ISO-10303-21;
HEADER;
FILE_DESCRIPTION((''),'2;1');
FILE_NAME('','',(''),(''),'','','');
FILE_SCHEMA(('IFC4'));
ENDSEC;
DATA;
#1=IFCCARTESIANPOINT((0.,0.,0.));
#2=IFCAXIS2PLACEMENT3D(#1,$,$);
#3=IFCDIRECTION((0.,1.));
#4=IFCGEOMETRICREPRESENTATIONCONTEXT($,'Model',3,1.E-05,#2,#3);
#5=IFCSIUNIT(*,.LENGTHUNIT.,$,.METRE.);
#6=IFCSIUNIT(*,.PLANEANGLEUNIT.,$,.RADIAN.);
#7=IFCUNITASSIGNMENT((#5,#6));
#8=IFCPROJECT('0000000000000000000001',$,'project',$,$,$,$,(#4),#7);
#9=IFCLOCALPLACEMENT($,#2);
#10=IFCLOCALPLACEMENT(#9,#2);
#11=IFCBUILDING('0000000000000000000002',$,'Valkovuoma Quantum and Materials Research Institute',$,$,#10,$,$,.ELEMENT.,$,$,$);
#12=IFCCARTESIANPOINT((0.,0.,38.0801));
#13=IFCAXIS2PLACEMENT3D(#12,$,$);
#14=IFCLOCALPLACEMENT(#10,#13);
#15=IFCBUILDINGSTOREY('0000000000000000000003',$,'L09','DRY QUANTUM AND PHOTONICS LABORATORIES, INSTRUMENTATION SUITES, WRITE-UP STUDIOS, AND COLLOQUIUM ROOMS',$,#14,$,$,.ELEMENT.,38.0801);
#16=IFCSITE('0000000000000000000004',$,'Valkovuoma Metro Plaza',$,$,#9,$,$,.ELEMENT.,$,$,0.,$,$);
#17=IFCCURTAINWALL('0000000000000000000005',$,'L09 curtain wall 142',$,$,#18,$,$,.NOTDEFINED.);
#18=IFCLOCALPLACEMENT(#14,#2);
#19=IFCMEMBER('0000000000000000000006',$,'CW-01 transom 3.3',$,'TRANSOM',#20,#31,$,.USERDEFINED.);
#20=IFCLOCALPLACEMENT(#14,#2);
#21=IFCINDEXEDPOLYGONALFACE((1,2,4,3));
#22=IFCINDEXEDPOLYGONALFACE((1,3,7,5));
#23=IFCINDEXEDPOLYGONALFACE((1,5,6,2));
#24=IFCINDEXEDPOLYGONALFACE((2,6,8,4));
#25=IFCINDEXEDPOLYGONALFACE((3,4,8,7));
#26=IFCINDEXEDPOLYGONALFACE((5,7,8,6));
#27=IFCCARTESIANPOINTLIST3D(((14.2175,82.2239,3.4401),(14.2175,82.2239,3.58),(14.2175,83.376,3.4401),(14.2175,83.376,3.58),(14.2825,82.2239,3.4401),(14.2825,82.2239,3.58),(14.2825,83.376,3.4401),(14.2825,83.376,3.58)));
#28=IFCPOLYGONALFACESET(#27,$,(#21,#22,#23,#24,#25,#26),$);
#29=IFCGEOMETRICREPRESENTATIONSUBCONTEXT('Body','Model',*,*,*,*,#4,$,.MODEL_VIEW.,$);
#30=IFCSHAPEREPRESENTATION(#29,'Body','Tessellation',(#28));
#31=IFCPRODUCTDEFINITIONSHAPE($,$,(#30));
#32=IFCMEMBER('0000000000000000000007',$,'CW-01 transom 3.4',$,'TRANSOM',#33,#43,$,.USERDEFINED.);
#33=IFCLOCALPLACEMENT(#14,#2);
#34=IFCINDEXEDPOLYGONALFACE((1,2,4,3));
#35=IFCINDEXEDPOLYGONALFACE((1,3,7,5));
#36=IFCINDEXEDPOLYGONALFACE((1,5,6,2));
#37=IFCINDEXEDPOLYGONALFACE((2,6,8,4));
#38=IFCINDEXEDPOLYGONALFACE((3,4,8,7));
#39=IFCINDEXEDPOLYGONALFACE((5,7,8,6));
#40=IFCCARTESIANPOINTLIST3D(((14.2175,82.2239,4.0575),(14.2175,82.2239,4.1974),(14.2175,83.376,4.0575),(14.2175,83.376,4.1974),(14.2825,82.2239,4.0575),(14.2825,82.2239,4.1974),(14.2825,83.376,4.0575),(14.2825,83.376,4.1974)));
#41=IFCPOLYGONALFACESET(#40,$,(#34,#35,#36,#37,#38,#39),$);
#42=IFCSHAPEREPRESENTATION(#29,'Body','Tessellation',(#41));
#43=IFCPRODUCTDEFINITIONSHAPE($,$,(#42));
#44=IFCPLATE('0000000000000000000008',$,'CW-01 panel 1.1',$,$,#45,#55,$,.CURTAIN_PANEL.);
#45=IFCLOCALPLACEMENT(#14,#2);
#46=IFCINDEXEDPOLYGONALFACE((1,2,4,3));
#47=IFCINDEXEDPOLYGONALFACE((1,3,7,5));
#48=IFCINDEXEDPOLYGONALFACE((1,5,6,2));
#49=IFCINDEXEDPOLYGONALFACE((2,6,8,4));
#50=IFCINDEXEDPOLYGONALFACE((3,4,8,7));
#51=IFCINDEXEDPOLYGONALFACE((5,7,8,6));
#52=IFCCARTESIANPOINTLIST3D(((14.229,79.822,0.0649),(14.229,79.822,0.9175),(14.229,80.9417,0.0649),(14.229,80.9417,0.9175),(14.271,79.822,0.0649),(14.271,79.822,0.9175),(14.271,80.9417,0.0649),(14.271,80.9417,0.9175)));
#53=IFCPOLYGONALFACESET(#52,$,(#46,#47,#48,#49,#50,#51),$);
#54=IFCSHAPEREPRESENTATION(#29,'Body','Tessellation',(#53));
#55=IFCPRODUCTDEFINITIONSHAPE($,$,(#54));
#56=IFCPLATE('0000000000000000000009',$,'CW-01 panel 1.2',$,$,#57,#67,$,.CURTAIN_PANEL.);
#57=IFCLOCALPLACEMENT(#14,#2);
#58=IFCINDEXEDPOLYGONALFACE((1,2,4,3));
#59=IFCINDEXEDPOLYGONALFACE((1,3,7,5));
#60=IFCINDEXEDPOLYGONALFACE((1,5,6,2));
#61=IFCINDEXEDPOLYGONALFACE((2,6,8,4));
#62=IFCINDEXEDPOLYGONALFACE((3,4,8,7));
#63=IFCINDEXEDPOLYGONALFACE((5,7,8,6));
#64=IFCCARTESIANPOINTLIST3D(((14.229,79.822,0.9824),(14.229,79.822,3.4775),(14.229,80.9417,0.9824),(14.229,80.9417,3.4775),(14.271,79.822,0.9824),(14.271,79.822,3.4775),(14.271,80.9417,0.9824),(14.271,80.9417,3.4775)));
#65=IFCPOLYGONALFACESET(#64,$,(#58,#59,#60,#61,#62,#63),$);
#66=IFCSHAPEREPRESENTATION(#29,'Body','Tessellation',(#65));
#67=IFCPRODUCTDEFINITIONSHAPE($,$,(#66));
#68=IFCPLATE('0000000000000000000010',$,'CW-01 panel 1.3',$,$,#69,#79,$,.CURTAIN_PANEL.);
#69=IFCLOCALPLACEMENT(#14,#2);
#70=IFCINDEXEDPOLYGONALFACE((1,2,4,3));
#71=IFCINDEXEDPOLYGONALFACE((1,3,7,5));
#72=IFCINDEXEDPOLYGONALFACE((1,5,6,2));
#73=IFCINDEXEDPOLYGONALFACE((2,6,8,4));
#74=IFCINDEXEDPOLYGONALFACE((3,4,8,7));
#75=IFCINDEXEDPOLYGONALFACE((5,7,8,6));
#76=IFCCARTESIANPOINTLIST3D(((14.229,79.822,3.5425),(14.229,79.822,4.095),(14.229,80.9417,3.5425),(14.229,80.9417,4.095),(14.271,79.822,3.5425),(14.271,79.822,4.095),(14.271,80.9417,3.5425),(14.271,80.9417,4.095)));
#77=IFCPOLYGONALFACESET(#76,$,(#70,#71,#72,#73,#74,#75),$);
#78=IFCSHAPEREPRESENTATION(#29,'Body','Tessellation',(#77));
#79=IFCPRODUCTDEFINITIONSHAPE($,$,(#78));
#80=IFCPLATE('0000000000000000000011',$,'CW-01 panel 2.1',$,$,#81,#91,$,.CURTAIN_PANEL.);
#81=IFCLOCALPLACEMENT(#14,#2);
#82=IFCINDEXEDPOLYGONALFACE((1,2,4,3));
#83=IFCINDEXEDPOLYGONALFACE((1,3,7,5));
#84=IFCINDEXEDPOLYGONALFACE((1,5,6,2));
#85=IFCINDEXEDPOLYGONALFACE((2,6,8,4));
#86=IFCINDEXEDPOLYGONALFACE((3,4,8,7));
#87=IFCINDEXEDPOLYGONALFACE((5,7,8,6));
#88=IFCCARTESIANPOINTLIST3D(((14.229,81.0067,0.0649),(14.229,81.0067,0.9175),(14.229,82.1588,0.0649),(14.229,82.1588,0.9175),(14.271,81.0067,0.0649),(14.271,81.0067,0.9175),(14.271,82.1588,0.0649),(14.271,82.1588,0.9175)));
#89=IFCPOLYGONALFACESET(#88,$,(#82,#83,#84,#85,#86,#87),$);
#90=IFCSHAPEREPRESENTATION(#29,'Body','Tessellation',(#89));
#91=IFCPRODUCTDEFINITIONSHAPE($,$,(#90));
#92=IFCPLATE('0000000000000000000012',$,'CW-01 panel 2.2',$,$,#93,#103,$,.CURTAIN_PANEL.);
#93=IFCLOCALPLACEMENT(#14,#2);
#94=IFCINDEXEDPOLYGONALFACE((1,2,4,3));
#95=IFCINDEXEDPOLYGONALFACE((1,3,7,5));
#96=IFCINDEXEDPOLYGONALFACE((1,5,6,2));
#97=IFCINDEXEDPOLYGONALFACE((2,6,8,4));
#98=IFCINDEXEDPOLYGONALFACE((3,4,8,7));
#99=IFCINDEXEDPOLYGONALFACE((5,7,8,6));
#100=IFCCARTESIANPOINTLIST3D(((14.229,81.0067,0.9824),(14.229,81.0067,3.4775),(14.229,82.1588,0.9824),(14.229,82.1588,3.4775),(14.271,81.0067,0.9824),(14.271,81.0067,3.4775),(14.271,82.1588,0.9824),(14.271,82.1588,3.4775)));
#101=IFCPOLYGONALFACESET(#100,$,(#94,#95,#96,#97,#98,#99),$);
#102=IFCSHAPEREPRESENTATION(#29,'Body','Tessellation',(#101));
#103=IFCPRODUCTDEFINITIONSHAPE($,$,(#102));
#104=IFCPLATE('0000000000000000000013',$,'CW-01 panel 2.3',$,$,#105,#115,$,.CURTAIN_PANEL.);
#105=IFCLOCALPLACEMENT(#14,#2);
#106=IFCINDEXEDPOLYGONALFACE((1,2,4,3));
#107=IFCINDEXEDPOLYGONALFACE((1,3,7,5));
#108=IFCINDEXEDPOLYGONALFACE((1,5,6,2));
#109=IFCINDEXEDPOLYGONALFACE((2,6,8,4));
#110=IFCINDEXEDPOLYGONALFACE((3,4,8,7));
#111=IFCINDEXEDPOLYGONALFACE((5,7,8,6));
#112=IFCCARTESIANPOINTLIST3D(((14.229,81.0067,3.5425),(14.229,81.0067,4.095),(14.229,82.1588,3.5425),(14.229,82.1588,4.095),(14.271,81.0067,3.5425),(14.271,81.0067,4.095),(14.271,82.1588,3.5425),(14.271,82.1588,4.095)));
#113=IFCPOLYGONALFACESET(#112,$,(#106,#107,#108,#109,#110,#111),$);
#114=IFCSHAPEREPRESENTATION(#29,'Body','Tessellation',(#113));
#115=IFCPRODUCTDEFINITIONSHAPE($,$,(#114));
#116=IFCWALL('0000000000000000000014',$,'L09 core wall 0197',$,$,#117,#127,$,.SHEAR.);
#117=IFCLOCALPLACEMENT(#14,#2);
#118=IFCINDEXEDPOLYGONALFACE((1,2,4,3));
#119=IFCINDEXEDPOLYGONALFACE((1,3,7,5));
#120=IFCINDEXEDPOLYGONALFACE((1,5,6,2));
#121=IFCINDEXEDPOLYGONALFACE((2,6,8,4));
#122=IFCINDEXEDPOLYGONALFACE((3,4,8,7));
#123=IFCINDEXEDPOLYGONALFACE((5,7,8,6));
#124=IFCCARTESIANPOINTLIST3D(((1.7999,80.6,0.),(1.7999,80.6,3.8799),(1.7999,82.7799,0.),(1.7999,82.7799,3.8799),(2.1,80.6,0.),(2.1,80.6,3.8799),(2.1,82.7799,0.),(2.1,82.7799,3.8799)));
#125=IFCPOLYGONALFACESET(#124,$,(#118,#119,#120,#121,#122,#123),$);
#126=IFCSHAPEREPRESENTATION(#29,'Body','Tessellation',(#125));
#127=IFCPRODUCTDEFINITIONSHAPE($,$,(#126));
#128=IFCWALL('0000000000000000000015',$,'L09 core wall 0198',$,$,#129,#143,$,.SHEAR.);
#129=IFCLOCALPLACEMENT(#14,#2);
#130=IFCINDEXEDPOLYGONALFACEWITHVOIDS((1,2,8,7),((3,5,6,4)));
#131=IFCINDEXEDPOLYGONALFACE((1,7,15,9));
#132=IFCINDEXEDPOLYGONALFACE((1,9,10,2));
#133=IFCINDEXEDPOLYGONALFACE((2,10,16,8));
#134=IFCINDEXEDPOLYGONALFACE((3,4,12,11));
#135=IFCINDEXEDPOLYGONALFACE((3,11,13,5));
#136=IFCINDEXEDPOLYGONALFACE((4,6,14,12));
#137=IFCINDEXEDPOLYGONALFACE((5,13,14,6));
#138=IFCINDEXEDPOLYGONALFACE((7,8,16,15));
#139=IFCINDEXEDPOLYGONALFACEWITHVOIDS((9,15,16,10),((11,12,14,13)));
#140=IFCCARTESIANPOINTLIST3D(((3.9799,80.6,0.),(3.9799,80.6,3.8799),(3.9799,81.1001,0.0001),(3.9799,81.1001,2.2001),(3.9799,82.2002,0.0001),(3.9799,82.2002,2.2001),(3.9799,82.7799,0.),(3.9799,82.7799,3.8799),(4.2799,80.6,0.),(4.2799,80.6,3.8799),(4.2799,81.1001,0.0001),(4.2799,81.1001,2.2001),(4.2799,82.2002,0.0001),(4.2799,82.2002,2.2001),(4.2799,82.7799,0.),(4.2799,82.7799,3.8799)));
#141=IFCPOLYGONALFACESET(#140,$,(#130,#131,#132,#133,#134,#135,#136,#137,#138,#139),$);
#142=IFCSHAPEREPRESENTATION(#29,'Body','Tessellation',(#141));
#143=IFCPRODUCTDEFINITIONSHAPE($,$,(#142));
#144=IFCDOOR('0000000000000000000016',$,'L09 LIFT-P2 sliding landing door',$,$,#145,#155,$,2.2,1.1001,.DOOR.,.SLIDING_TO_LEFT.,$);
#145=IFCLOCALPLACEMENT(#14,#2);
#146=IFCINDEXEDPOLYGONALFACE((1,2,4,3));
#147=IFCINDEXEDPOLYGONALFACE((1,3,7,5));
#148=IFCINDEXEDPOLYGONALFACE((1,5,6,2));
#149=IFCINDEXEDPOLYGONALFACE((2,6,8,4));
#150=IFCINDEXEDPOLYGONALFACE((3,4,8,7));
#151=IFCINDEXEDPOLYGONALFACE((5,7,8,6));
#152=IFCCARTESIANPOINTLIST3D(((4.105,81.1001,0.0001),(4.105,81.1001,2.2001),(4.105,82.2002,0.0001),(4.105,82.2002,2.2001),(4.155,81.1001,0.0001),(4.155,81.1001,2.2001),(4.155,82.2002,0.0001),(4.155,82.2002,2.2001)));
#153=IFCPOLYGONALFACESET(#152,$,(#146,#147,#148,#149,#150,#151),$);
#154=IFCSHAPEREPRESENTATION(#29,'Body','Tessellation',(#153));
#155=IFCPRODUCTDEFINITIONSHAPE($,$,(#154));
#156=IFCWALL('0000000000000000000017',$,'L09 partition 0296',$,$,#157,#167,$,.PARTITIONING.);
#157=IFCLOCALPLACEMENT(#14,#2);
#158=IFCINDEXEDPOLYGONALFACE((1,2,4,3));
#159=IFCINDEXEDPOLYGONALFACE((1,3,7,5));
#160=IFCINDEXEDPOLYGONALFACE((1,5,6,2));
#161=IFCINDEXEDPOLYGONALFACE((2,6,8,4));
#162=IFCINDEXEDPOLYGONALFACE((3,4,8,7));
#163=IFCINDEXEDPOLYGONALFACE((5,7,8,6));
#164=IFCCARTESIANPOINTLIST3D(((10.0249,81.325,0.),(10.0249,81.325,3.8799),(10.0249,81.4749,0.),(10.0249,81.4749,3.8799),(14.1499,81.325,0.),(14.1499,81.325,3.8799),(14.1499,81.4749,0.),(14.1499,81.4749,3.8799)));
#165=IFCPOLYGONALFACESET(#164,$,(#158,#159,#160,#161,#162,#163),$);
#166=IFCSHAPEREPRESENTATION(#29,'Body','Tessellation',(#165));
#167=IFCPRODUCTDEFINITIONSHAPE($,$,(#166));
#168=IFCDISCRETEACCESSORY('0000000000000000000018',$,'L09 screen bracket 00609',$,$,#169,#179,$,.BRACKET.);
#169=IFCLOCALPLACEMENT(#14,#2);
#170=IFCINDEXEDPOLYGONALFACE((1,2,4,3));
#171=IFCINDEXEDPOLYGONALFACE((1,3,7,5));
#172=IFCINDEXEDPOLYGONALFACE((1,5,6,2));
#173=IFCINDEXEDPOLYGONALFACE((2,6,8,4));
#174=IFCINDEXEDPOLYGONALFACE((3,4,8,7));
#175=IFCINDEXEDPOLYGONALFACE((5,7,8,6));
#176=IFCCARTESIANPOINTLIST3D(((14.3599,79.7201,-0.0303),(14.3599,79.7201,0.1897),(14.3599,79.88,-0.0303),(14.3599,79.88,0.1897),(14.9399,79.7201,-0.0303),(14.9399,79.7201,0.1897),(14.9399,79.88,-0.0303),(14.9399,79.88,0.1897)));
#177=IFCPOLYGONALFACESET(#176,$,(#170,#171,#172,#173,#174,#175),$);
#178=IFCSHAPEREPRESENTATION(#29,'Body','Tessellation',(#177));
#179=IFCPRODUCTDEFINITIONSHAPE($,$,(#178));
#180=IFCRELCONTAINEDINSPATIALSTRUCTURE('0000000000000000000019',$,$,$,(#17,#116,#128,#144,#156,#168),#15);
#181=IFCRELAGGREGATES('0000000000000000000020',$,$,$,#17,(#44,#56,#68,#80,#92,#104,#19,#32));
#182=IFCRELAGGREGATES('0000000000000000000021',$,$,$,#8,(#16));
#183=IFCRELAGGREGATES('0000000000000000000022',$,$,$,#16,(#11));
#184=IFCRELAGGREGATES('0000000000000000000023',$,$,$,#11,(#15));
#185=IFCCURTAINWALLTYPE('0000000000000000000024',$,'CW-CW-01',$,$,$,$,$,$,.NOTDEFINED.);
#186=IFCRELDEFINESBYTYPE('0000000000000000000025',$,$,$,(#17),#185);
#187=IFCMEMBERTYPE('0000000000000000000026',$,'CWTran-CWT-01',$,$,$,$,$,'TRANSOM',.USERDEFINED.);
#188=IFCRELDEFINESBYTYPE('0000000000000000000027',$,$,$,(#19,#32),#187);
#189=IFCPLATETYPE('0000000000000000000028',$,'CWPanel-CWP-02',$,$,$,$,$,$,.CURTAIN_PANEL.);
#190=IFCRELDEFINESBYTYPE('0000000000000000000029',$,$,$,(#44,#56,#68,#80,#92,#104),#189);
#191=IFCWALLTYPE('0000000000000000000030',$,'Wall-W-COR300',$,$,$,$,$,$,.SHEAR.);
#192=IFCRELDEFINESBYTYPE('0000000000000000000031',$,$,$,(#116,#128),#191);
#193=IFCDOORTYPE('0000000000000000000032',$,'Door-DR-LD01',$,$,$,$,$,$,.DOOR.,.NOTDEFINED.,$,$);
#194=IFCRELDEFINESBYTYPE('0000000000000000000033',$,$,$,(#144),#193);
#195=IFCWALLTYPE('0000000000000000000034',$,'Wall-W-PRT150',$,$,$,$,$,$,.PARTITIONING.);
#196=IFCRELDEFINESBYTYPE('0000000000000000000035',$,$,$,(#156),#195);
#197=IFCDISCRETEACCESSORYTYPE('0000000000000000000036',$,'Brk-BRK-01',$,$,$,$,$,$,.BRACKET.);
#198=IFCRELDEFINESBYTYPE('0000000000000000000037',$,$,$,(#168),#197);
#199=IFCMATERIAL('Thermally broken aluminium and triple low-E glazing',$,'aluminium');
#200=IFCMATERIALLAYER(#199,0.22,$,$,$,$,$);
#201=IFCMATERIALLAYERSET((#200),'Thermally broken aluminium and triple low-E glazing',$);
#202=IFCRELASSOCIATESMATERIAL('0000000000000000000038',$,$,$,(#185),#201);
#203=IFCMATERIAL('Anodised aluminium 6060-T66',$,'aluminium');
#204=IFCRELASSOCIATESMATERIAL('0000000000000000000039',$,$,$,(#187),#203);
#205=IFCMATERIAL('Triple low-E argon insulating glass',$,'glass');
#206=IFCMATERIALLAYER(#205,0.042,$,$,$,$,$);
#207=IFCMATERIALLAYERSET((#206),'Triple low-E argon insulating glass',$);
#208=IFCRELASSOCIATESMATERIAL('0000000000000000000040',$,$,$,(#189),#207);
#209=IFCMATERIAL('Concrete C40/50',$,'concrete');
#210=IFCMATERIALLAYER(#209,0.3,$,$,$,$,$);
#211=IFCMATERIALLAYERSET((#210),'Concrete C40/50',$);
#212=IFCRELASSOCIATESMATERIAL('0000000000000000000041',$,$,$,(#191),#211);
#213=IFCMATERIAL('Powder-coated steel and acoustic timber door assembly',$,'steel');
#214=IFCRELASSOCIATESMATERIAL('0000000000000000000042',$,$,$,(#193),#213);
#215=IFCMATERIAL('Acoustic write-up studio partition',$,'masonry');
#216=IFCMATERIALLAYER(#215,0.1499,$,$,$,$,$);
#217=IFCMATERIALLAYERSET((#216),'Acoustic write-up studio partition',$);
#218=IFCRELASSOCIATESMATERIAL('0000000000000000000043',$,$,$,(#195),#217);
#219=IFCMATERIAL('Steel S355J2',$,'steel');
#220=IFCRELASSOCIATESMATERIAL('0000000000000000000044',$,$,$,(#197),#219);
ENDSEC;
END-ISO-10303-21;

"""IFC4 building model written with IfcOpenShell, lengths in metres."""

from ifc_helpers import new_model, si_unit, direction, frame, frame_2d, origin, origin_2d, place, context, subcontext, project, spatial, rectangle, extrude, material, layer, layer_set, material_profile, profile_set, type_object, element, fill, aggregate, save


model = new_model("IFC4")

# Units and contexts
model_context = context("Model", 3, precision=1e-05, world=origin(), true_north=direction((0.0, 1.0)))
body_context = subcontext(model_context, "Body", "Model", "MODEL_VIEW")
ifc_project = project(units=[si_unit("LENGTHUNIT", "METRE"), si_unit("PLANEANGLEUNIT", "RADIAN")], contexts=[model_context])

# Site, building, storey
site_placement = place(None, origin())
site = spatial("IfcSite", under=ifc_project, at=site_placement, Name="Valkovuoma Metro Plaza", CompositionType="ELEMENT", RefElevation=0.0)
building_placement = place(site_placement, origin())
building = spatial("IfcBuilding", under=site, at=building_placement, Name="Valkovuoma Quantum and Materials Research Institute", CompositionType="ELEMENT")
storey_placement = place(building_placement, frame((0.0, 0.0, 38.0801)))
storey = spatial("IfcBuildingStorey", under=building, at=storey_placement, Name="L09", Description="DRY QUANTUM AND PHOTONICS LABORATORIES, INSTRUMENTATION SUITES, WRITE-UP STUDIOS, AND COLLOQUIUM ROOMS", CompositionType="ELEMENT", Elevation=38.0801)

# Curtain wall, members, plates
ifc_material_1 = material(Name="Thermally broken aluminium and triple low-E glazing", Category="aluminium")
ifc_layer_1 = layer(ifc_material_1, 0.22)
ifc_layer_set_1 = layer_set([ifc_layer_1], Name="Thermally broken aluminium and triple low-E glazing")
curtain_wall_type = type_object("IfcCurtainWallType", Name="CW-CW-01", PredefinedType="NOTDEFINED", material=ifc_layer_set_1)
curtain_wall_placement = place(storey_placement, origin())
curtain_wall = element("IfcCurtainWall", 1, at=curtain_wall_placement, inside=storey, type_object=curtain_wall_type, Name="L09 curtain wall 142", PredefinedType="NOTDEFINED")
ifc_material_2 = material(Name="Anodised aluminium 6060-T66", Category="aluminium")
ifc_material_profile_1 = material_profile(ifc_material_2, rectangle(XDim=0.0649, YDim=0.1399, at=origin_2d()), Name="Anodised aluminium 6060-T66")
ifc_profile_set_1 = profile_set([ifc_material_profile_1], Name="Anodised aluminium 6060-T66")
member_type_1 = type_object("IfcMemberType", Name="CWTran-CWT-01", ElementType="TRANSOM", PredefinedType="USERDEFINED", material=ifc_profile_set_1)
member_1_placement = place(storey_placement, frame((14.25, 82.2239, 3.51), z_axis=(0.0, 1.0, 0.0), x_axis=(-1.0, 0.0, 0.0)))
member_1 = element("IfcMember", 2, at=member_1_placement, type_object=member_type_1, Name="CW-01 transom 3.3", ObjectType="TRANSOM", PredefinedType="USERDEFINED", context=body_context, shape_type="SweptSolid", body=[
    extrude(rectangle(XDim=0.0649, YDim=0.1399, at=origin_2d()), origin(), (0.0, 0.0, 1.0), 1.1521),
])
member_2_placement = place(storey_placement, frame((14.25, 82.2239, 4.1274), z_axis=(0.0, 1.0, 0.0), x_axis=(-1.0, 0.0, 0.0)))
member_2 = element("IfcMember", 3, at=member_2_placement, type_object=member_type_1, Name="CW-01 transom 3.4", ObjectType="TRANSOM", PredefinedType="USERDEFINED", context=body_context, shape_type="SweptSolid", body=[
    extrude(rectangle(XDim=0.0649, YDim=0.1399, at=origin_2d()), origin(), (0.0, 0.0, 1.0), 1.1521),
])
ifc_material_3 = material(Name="Triple low-E argon insulating glass", Category="glass")
ifc_layer_2 = layer(ifc_material_3, 0.042)
ifc_layer_set_2 = layer_set([ifc_layer_2], Name="Triple low-E argon insulating glass")
plate_type = type_object("IfcPlateType", Name="CWPanel-CWP-02", PredefinedType="CURTAIN_PANEL", material=ifc_layer_set_2)
plate_1_placement = place(storey_placement, frame((14.25, 80.3818, 0.0649), z_axis=(0.0, 0.0, 1.0), x_axis=(0.0, 1.0, 0.0)))
plate_1 = element("IfcPlate", 4, at=plate_1_placement, type_object=plate_type, Name="CW-01 panel 1.1", PredefinedType="CURTAIN_PANEL", context=body_context, shape_type="SweptSolid", body=[
    extrude(rectangle(XDim=1.1196, YDim=0.042, at=origin_2d()), origin(), (0.0, 0.0, 1.0), 0.8525),
])
plate_2_placement = place(storey_placement, frame((14.25, 80.3818, 0.9824), z_axis=(0.0, 0.0, 1.0), x_axis=(0.0, 1.0, 0.0)))
plate_2 = element("IfcPlate", 5, at=plate_2_placement, type_object=plate_type, Name="CW-01 panel 1.2", PredefinedType="CURTAIN_PANEL", context=body_context, shape_type="SweptSolid", body=[
    extrude(rectangle(XDim=1.1196, YDim=0.042, at=origin_2d()), origin(), (0.0, 0.0, 1.0), 2.4951),
])
plate_3_placement = place(storey_placement, frame((14.25, 80.3818, 3.5425), z_axis=(0.0, 0.0, 1.0), x_axis=(0.0, 1.0, 0.0)))
plate_3 = element("IfcPlate", 6, at=plate_3_placement, type_object=plate_type, Name="CW-01 panel 1.3", PredefinedType="CURTAIN_PANEL", context=body_context, shape_type="SweptSolid", body=[
    extrude(rectangle(XDim=1.1196, YDim=0.042, at=origin_2d()), origin(), (0.0, 0.0, 1.0), 0.5525),
])
plate_4_placement = place(storey_placement, frame((14.25, 81.5828, 0.0649), z_axis=(0.0, 0.0, 1.0), x_axis=(0.0, 1.0, 0.0)))
plate_4 = element("IfcPlate", 7, at=plate_4_placement, type_object=plate_type, Name="CW-01 panel 2.1", PredefinedType="CURTAIN_PANEL", context=body_context, shape_type="SweptSolid", body=[
    extrude(rectangle(XDim=1.1521, YDim=0.042, at=origin_2d()), origin(), (0.0, 0.0, 1.0), 0.8525),
])
plate_5_placement = place(storey_placement, frame((14.25, 81.5828, 0.9824), z_axis=(0.0, 0.0, 1.0), x_axis=(0.0, 1.0, 0.0)))
plate_5 = element("IfcPlate", 8, at=plate_5_placement, type_object=plate_type, Name="CW-01 panel 2.2", PredefinedType="CURTAIN_PANEL", context=body_context, shape_type="SweptSolid", body=[
    extrude(rectangle(XDim=1.1521, YDim=0.042, at=origin_2d()), origin(), (0.0, 0.0, 1.0), 2.4951),
])
plate_6_placement = place(storey_placement, frame((14.25, 81.5828, 3.5425), z_axis=(0.0, 0.0, 1.0), x_axis=(0.0, 1.0, 0.0)))
plate_6 = element("IfcPlate", 9, at=plate_6_placement, type_object=plate_type, Name="CW-01 panel 2.3", PredefinedType="CURTAIN_PANEL", context=body_context, shape_type="SweptSolid", body=[
    extrude(rectangle(XDim=1.1521, YDim=0.042, at=origin_2d()), origin(), (0.0, 0.0, 1.0), 0.5525),
])
aggregate(curtain_wall, [plate_1, plate_2, plate_3, plate_4, plate_5, plate_6, member_1, member_2])

# Wall
ifc_material_4 = material(Name="Concrete C40/50", Category="concrete")
ifc_layer_3 = layer(ifc_material_4, 0.3)
ifc_layer_set_3 = layer_set([ifc_layer_3], Name="Concrete C40/50")
wall_type_1 = type_object("IfcWallType", Name="Wall-W-COR300", PredefinedType="SHEAR", material=ifc_layer_set_3)
wall_1_placement = place(storey_placement, frame((1.95, 80.6001, 0.0), z_axis=(0.0, 0.0, 1.0), x_axis=(0.0, 1.0, 0.0)))
element("IfcWall", 10, at=wall_1_placement, inside=storey, type_object=wall_type_1, Name="L09 core wall 0197", PredefinedType="SHEAR", context=body_context, shape_type="SweptSolid", body=[
    extrude(rectangle(XDim=2.1799, YDim=0.3, at=frame_2d((1.0898, 0.0))), origin(), (0.0, 0.0, 1.0), 3.8799),
])

# Wall, opening, door
wall_2_placement = place(storey_placement, frame((4.1299, 80.6001, 0.0), z_axis=(0.0, 0.0, 1.0), x_axis=(0.0, 1.0, 0.0)))
wall_2 = element("IfcWall", 11, at=wall_2_placement, inside=storey, type_object=wall_type_1, Name="L09 core wall 0198", PredefinedType="SHEAR", context=body_context, shape_type="SweptSolid", body=[
    extrude(rectangle(XDim=2.1799, YDim=0.3, at=frame_2d((1.0898, 0.0))), origin(), (0.0, 0.0, 1.0), 3.8799),
])
opening_1_placement = place(wall_2_placement, frame((0.5, 0.0, 0.0)))
opening_1 = element("IfcOpeningElement", 12, at=opening_1_placement, cuts=wall_2, PredefinedType="OPENING", context=body_context, shape_type="SweptSolid", body=[
    extrude(rectangle(XDim=1.1001, YDim=2.2, at=frame_2d((0.55, 1.1001))), frame((0.0, 0.1602, 0.0), z_axis=(0.0, -1.0, 0.0), x_axis=(1.0, 0.0, 0.0)), (0.0, 0.0, 1.0), 0.3201),
])
ifc_material_5 = material(Name="Powder-coated steel and acoustic timber door assembly", Category="steel")
door_type_1 = type_object("IfcDoorType", Name="Door-DR-LD01", OperationType="NOTDEFINED", PredefinedType="DOOR", material=ifc_material_5)
door_1_placement = place(opening_1_placement, origin())
door_1 = element("IfcDoor", 13, at=door_1_placement, inside=storey, type_object=door_type_1, Name="L09 LIFT-P2 sliding landing door", OperationType="SLIDING_TO_LEFT", OverallHeight=2.2, OverallWidth=1.1001, PredefinedType="DOOR", context=body_context, shape_type="SweptSolid", body=[
    extrude(rectangle(XDim=1.1001, YDim=2.2, at=frame_2d((0.55, 1.1001))), frame((0.0, 0.0249, 0.0), z_axis=(0.0, -1.0, 0.0), x_axis=(1.0, 0.0, 0.0)), (0.0, 0.0, 1.0), 0.05),
])
fill(opening_1, door_1)

# Wall
ifc_material_6 = material(Name="Acoustic write-up studio partition", Category="masonry")
ifc_layer_4 = layer(ifc_material_6, 0.1499)
ifc_layer_set_4 = layer_set([ifc_layer_4], Name="Acoustic write-up studio partition")
wall_type_2 = type_object("IfcWallType", Name="Wall-W-PRT150", PredefinedType="PARTITIONING", material=ifc_layer_set_4)
wall_3_placement = place(storey_placement, frame((10.0249, 81.3999, 0.0), z_axis=(0.0, 0.0, 1.0), x_axis=(1.0, 0.0, 0.0)))
element("IfcWall", 14, at=wall_3_placement, inside=storey, type_object=wall_type_2, Name="L09 partition 0296", PredefinedType="PARTITIONING", context=body_context, shape_type="SweptSolid", body=[
    extrude(rectangle(XDim=4.125, YDim=0.1499, at=frame_2d((2.0625, 0.0))), origin(), (0.0, 0.0, 1.0), 3.8799),
])

# Discrete accessory
ifc_material_7 = material(Name="Steel S355J2", Category="steel")
discrete_accessory_type = type_object("IfcDiscreteAccessoryType", Name="Brk-BRK-01", PredefinedType="BRACKET", material=ifc_material_7)
for number, where, z_axis, x_axis, name in (
    (15, (14.6499, 79.8, -0.0303), (0.0, 0.0, 1.0), (1.0, 0.0, 0.0), "L09 screen bracket 00609"),
):
    element("IfcDiscreteAccessory", number, at=place(storey_placement, frame(where, z_axis=z_axis, x_axis=x_axis)), inside=storey, type_object=discrete_accessory_type, Name=name, PredefinedType="BRACKET", context=body_context, shape_type="SweptSolid", body=[
        extrude(rectangle(XDim=0.5801, YDim=0.1599, at=origin_2d()), origin(), (0.0, 0.0, 1.0), 0.22),
    ])

save(model, "model.ifc")
